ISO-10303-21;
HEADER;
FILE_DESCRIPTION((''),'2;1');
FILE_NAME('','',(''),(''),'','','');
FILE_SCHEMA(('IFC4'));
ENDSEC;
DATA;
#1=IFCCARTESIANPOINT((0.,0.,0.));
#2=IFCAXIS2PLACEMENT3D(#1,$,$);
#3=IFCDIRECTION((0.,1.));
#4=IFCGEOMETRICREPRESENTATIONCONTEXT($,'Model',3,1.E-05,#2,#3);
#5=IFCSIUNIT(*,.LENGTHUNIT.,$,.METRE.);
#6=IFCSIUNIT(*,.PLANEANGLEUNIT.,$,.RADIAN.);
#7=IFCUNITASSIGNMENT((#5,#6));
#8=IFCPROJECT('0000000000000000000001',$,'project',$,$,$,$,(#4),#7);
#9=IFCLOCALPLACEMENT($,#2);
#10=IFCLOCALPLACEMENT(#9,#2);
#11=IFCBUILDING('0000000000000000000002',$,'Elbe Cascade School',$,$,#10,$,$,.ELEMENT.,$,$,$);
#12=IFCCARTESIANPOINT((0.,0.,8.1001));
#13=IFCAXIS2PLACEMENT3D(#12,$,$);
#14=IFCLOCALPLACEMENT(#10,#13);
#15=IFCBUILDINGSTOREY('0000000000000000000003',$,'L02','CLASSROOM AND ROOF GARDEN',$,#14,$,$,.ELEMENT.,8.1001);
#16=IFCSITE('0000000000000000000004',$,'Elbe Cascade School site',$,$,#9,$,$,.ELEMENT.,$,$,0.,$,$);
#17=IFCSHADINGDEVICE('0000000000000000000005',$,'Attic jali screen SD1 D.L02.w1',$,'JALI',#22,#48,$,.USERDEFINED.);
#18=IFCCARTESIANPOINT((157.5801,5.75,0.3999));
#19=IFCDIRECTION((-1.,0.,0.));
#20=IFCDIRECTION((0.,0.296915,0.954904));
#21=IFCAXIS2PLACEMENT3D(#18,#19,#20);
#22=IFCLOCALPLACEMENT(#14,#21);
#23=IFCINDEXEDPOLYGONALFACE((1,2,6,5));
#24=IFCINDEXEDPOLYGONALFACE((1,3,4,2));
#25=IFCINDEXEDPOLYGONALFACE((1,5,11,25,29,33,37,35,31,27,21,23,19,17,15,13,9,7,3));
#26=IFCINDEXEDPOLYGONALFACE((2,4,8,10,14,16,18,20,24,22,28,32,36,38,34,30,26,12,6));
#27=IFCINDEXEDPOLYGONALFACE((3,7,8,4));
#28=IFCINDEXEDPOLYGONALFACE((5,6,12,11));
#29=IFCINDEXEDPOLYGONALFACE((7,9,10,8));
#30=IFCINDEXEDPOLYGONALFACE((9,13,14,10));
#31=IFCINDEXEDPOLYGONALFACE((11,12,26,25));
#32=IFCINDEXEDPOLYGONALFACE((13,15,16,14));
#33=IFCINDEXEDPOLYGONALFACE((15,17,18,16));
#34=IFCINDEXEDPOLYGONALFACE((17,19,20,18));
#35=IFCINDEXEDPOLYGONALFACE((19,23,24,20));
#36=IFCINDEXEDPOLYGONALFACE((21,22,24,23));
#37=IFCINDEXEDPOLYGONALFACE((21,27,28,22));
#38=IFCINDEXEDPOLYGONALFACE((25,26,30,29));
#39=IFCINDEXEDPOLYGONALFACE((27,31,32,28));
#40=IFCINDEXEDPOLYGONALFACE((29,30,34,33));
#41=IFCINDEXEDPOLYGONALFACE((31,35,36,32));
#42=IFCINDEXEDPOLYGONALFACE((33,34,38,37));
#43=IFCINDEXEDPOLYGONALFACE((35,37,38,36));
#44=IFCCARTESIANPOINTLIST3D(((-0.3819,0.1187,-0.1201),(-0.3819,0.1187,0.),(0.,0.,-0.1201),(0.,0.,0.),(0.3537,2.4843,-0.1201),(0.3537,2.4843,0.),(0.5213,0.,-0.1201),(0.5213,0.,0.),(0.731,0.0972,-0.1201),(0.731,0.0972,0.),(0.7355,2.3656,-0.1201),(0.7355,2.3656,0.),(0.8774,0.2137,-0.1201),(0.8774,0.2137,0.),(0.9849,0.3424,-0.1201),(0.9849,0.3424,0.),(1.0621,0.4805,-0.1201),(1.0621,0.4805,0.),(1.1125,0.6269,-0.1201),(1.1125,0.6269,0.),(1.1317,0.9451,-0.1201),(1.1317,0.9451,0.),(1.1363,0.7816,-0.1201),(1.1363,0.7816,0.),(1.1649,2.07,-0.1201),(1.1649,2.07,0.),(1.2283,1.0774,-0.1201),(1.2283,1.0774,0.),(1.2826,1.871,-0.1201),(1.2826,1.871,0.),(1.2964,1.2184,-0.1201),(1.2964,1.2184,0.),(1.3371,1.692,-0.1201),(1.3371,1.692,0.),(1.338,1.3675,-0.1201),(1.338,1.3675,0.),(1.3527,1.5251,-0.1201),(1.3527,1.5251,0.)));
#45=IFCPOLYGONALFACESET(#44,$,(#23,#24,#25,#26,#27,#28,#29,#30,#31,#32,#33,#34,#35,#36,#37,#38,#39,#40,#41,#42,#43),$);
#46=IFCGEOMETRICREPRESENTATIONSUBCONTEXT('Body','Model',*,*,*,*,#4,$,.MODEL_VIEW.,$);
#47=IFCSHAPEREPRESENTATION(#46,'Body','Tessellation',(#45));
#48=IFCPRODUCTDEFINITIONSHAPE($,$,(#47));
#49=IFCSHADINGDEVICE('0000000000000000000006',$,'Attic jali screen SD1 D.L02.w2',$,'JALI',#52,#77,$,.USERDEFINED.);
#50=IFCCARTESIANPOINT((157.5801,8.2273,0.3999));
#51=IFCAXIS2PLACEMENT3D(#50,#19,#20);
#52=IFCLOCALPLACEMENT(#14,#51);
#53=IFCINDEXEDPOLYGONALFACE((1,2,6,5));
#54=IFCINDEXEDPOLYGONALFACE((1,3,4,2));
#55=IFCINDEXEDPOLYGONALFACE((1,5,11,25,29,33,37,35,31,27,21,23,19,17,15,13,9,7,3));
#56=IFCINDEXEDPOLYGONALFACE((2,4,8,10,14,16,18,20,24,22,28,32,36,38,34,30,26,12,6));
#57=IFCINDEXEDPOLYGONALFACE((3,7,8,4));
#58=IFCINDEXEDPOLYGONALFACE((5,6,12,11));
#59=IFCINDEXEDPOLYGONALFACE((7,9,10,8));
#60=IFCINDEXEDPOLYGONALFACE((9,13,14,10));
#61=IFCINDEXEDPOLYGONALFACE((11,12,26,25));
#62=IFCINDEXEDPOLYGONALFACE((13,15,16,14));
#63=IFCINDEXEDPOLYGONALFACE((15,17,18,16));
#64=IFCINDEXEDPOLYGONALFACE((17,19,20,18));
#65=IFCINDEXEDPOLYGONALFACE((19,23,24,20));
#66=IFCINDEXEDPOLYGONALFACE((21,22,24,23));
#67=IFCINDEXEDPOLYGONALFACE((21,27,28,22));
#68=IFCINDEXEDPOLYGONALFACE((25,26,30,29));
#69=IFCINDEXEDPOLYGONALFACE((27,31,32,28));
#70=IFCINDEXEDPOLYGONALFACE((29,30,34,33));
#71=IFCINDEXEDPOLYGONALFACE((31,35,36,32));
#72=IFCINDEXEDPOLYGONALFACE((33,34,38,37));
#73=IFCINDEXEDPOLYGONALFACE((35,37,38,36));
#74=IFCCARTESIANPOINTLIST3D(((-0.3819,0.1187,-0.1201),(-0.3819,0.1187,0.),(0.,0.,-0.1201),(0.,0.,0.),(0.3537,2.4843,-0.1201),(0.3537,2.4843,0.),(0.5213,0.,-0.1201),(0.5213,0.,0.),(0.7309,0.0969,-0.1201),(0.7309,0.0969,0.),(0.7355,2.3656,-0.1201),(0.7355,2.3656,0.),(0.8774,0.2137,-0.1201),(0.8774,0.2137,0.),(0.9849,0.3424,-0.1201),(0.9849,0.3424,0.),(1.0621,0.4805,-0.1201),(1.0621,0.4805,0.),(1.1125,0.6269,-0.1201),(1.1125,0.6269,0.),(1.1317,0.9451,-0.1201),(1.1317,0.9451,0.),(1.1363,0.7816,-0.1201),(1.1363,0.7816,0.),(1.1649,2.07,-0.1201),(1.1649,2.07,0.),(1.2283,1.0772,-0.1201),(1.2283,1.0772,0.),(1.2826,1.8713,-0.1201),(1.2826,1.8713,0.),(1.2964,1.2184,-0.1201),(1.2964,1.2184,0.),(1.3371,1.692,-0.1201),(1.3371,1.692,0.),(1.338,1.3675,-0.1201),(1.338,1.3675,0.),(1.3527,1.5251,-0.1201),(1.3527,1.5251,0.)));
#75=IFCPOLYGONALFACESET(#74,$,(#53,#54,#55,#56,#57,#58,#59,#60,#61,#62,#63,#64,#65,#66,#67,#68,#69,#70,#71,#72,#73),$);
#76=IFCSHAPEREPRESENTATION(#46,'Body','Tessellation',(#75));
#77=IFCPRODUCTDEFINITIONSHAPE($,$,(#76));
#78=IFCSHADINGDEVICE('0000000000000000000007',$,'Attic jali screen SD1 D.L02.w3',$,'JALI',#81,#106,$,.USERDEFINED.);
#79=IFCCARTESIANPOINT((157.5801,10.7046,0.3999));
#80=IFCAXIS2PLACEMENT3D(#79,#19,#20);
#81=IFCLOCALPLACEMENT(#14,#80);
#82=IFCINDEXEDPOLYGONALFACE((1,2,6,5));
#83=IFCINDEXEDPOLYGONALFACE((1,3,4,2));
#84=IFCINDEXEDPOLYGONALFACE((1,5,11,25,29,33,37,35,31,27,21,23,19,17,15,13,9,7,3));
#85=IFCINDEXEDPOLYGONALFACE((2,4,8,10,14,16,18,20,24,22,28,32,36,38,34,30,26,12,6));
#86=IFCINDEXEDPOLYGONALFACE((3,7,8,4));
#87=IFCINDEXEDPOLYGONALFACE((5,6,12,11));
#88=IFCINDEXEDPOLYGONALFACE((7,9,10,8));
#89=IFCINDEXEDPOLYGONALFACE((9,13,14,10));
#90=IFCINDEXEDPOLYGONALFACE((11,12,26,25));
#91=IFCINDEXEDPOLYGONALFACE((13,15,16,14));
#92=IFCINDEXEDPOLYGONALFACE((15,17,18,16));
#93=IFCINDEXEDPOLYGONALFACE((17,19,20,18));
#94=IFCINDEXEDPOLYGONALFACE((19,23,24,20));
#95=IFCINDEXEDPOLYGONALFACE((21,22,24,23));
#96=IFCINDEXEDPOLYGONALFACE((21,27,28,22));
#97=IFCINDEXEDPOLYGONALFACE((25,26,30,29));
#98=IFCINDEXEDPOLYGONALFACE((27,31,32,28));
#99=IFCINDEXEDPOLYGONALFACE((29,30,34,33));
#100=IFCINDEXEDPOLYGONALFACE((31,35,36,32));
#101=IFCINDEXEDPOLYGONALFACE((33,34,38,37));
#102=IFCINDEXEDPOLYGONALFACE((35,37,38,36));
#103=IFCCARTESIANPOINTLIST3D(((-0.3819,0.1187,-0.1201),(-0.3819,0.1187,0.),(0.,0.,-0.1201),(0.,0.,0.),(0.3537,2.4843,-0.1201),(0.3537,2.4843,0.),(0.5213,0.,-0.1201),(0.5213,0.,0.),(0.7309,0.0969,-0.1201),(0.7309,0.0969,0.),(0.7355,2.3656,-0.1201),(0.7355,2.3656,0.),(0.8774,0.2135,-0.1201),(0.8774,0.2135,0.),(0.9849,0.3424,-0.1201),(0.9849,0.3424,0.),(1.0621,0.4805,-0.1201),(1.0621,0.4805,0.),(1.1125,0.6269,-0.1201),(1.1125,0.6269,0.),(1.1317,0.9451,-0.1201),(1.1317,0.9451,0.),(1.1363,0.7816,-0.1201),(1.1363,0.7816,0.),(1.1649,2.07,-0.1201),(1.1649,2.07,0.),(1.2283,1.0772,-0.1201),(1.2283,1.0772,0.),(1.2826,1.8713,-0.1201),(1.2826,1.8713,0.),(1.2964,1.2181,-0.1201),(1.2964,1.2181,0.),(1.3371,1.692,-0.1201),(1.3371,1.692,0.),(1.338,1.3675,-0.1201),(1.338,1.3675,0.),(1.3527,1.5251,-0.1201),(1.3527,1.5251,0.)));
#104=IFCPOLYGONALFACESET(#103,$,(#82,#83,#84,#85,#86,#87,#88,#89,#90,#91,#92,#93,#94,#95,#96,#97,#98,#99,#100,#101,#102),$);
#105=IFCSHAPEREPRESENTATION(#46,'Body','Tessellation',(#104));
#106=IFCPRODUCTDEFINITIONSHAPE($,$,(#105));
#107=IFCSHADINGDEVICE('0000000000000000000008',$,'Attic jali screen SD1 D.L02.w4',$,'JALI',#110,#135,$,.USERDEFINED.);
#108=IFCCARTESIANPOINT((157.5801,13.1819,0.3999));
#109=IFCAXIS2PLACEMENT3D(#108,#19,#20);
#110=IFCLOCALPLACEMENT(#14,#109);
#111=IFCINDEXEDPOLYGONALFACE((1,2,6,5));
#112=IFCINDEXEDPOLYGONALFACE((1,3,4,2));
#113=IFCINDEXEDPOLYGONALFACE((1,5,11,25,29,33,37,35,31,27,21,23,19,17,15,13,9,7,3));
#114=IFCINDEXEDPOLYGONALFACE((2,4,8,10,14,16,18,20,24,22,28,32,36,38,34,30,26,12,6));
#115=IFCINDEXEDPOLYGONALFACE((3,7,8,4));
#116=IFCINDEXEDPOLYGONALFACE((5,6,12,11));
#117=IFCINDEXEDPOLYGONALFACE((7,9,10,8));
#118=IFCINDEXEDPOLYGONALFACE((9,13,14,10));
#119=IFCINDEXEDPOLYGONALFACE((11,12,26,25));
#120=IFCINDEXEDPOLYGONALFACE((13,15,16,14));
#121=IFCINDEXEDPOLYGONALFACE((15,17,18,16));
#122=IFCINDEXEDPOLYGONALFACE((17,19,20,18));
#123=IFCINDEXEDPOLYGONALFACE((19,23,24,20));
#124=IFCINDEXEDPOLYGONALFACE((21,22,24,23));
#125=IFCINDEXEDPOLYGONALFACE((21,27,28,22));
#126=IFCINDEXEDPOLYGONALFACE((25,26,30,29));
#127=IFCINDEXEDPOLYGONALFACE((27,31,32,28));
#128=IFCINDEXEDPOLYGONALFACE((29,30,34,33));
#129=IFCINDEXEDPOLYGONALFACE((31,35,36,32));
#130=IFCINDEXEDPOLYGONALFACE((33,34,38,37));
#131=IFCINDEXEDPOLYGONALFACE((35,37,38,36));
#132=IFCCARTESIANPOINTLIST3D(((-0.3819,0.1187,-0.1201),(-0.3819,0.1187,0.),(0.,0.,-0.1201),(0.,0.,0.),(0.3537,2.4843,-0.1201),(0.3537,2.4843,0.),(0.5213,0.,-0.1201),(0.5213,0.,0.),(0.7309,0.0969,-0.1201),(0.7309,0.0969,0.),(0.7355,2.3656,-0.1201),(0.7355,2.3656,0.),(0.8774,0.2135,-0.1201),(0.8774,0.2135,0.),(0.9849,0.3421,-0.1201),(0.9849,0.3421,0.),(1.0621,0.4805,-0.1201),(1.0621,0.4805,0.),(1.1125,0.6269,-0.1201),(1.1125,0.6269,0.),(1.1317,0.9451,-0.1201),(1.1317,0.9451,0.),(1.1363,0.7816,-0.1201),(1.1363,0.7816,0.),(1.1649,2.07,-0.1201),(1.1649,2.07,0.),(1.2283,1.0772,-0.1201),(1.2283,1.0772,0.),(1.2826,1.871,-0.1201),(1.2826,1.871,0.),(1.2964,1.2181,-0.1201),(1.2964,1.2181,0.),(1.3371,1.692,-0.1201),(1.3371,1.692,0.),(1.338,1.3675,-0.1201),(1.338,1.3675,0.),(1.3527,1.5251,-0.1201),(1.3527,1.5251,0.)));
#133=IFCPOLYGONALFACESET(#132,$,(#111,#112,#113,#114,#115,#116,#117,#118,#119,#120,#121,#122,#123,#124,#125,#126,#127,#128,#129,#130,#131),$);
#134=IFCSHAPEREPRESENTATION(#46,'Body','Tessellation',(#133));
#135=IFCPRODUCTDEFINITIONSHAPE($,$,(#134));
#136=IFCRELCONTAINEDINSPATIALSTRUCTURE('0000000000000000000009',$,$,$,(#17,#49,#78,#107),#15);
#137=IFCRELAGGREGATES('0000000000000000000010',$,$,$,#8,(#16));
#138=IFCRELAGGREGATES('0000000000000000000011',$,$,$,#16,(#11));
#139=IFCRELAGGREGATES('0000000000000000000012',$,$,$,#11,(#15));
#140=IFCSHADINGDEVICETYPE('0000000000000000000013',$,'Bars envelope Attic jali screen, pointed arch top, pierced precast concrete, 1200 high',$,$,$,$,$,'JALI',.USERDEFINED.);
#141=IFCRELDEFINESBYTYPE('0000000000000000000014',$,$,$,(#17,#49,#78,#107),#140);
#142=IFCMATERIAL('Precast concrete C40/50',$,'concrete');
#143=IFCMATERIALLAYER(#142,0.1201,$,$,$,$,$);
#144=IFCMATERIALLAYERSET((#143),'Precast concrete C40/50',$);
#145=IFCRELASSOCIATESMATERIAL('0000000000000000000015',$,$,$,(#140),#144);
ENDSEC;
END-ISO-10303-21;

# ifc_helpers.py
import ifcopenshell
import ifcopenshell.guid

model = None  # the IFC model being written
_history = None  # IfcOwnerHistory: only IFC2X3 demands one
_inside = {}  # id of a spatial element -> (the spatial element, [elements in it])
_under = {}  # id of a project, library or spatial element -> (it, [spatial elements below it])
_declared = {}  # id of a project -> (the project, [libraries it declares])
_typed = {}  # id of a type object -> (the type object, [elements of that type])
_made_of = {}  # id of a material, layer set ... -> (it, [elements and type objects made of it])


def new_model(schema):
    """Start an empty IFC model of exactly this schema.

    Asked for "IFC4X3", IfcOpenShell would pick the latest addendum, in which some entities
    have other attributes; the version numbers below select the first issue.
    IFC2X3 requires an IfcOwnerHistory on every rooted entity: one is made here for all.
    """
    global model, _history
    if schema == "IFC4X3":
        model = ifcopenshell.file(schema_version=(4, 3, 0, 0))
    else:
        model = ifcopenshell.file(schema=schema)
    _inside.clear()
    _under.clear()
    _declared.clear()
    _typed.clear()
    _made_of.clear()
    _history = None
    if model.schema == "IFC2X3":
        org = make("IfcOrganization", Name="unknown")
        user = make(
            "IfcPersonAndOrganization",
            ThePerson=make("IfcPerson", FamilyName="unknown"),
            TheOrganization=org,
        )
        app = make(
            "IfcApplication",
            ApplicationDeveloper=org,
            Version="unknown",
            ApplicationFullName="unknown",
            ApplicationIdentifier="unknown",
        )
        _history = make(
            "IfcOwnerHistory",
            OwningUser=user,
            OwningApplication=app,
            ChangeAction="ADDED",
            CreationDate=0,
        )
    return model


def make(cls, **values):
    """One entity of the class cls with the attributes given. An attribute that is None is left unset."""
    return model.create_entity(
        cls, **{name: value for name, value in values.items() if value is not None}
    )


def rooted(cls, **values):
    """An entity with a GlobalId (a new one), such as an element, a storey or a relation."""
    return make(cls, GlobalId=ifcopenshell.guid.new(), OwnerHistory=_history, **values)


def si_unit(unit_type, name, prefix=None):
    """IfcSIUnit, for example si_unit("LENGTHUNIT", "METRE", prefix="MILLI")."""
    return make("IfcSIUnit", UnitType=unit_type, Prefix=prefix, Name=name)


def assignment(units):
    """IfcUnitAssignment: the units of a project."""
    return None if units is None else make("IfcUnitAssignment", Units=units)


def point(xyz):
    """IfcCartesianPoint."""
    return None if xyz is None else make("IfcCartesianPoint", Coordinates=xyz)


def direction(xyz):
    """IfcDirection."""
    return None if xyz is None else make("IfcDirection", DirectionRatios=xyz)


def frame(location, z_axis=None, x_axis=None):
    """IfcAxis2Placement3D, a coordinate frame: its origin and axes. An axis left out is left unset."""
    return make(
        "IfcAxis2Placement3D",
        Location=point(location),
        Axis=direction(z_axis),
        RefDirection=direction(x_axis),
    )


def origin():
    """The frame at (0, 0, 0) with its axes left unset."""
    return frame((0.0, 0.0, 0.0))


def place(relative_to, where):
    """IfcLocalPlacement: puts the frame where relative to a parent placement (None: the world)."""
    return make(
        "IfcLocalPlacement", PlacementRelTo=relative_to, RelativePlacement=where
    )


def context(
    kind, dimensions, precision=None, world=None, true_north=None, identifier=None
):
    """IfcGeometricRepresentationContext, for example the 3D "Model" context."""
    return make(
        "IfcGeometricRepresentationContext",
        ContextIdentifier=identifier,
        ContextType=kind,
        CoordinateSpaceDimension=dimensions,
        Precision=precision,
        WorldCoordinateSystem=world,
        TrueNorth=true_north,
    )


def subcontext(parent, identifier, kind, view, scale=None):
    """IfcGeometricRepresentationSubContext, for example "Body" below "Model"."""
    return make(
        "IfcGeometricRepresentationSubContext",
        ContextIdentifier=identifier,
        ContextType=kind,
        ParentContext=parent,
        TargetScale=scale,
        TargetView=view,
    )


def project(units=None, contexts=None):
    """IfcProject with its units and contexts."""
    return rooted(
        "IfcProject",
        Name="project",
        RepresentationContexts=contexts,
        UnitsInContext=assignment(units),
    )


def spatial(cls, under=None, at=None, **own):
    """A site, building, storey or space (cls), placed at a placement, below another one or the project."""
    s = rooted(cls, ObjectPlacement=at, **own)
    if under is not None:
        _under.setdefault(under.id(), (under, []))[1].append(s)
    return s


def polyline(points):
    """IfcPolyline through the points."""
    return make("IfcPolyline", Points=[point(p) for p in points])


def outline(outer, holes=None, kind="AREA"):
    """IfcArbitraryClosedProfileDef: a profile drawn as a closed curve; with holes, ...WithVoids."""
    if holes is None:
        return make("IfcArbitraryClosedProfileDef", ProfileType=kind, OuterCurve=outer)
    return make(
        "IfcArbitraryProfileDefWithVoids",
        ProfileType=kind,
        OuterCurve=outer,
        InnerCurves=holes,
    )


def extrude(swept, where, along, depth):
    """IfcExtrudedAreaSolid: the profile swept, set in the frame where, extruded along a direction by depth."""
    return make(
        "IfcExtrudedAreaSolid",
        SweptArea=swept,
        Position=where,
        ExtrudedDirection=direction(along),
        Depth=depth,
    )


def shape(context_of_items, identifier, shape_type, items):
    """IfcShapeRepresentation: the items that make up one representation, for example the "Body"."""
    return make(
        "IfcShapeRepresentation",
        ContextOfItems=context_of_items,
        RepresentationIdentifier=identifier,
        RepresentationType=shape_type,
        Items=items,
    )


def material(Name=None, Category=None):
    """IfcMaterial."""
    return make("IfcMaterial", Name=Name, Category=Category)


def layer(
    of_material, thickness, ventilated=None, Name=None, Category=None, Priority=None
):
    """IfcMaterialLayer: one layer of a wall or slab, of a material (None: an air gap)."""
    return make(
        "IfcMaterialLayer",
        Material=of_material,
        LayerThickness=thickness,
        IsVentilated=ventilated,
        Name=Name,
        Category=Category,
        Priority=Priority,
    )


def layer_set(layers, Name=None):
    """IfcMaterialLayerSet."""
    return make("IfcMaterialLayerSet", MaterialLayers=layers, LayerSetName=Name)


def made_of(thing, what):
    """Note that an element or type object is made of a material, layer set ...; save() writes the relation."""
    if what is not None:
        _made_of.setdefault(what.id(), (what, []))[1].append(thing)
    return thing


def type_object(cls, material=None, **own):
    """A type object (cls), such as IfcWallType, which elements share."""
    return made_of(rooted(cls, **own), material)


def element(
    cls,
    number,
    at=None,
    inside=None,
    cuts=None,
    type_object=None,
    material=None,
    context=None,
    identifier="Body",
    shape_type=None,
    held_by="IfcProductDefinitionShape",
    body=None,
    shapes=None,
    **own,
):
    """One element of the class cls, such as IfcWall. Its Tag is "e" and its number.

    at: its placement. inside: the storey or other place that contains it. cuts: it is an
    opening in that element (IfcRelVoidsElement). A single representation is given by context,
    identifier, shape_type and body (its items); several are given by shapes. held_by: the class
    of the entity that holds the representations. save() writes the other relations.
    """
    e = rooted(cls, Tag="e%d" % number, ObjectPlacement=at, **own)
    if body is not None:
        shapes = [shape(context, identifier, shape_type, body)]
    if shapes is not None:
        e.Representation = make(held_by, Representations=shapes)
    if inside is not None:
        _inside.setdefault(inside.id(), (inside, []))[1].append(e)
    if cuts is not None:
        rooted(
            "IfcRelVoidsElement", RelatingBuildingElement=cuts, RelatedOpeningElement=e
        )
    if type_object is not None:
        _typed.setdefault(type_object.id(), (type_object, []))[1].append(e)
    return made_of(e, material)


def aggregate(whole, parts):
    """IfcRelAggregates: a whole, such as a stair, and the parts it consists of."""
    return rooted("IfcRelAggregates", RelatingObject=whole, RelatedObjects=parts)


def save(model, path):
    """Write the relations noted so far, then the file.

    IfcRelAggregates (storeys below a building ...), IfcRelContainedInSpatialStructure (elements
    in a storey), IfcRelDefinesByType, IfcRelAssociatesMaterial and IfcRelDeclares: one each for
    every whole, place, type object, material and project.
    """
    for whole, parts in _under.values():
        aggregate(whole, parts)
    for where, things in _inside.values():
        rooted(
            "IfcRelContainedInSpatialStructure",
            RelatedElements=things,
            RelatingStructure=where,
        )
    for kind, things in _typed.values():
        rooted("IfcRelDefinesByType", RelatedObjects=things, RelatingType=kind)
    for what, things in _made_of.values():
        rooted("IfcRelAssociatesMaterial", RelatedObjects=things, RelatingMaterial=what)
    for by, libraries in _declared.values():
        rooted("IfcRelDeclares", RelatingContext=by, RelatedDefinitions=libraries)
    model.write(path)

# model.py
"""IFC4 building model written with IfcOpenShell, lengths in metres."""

from ifc_helpers import new_model, si_unit, direction, frame, origin, place, context, subcontext, project, spatial, polyline, outline, extrude, material, layer, layer_set, type_object, element, save


model = new_model("IFC4")

# Units and contexts
model_context = context("Model", 3, precision=1e-05, world=origin(), true_north=direction((0.0, 1.0)))
body_context = subcontext(model_context, "Body", "Model", "MODEL_VIEW")
ifc_project = project(units=[si_unit("LENGTHUNIT", "METRE"), si_unit("PLANEANGLEUNIT", "RADIAN")], contexts=[model_context])

# Site, building, storey
site_placement = place(None, origin())
site = spatial("IfcSite", under=ifc_project, at=site_placement, Name="Elbe Cascade School site", CompositionType="ELEMENT", RefElevation=0.0)
building_placement = place(site_placement, origin())
building = spatial("IfcBuilding", under=site, at=building_placement, Name="Elbe Cascade School", CompositionType="ELEMENT")
storey_placement = place(building_placement, frame((0.0, 0.0, 8.1001)))
storey = spatial("IfcBuildingStorey", under=building, at=storey_placement, Name="L02", Description="CLASSROOM AND ROOF GARDEN", CompositionType="ELEMENT", Elevation=8.1001)

# Shading devices
ifc_material_1 = material(Name="Precast concrete C40/50", Category="concrete")
ifc_layer_1 = layer(ifc_material_1, 0.1201)
ifc_layer_set_1 = layer_set([ifc_layer_1], Name="Precast concrete C40/50")
shading_device_type_1 = type_object("IfcShadingDeviceType", Name="Bars envelope Attic jali screen, pointed arch top, pierced precast concrete, 1200 high", ElementType="JALI", PredefinedType="USERDEFINED", material=ifc_layer_set_1)
shading_device_1_placement = place(storey_placement, frame((157.5801, 5.75, 0.3999), z_axis=(-1.0, 0.0, 0.0), x_axis=(0.0, 0.296915, 0.954904)))
element("IfcShadingDevice", 1, at=shading_device_1_placement, inside=storey, type_object=shading_device_type_1, Name="Attic jali screen SD1 D.L02.w1", ObjectType="JALI", PredefinedType="USERDEFINED", context=body_context, shape_type="SweptSolid", body=[
    extrude(outline(polyline([(0.0, 0.0), (0.5213, 0.0), (0.731, 0.0972), (0.8774, 0.2137), (0.9849, 0.3424), (1.0621, 0.4805), (1.1125, 0.6269), (1.1363, 0.7816), (1.1317, 0.9451), (1.2283, 1.0774), (1.2964, 1.2184), (1.338, 1.3675), (1.3527, 1.5251), (1.3371, 1.692), (1.2826, 1.871), (1.1649, 2.07), (0.7355, 2.3656), (0.3537, 2.4843), (-0.3819, 0.1187), (0.0, 0.0)])), origin(), (0.0, 0.0, -1.0), 0.1201),
])
shading_device_2_placement = place(storey_placement, frame((157.5801, 8.2273, 0.3999), z_axis=(-1.0, 0.0, 0.0), x_axis=(0.0, 0.296915, 0.954904)))
element("IfcShadingDevice", 2, at=shading_device_2_placement, inside=storey, type_object=shading_device_type_1, Name="Attic jali screen SD1 D.L02.w2", ObjectType="JALI", PredefinedType="USERDEFINED", context=body_context, shape_type="SweptSolid", body=[
    extrude(outline(polyline([(0.0, 0.0), (0.5213, 0.0), (0.7309, 0.0969), (0.8774, 0.2137), (0.9849, 0.3424), (1.0621, 0.4805), (1.1125, 0.6269), (1.1363, 0.7816), (1.1317, 0.9451), (1.2283, 1.0772), (1.2964, 1.2184), (1.338, 1.3675), (1.3527, 1.5251), (1.3371, 1.692), (1.2826, 1.8713), (1.1649, 2.07), (0.7355, 2.3656), (0.3537, 2.4843), (-0.3819, 0.1187), (0.0, 0.0)])), origin(), (0.0, 0.0, -1.0), 0.1201),
])
shading_device_3_placement = place(storey_placement, frame((157.5801, 10.7046, 0.3999), z_axis=(-1.0, 0.0, 0.0), x_axis=(0.0, 0.296915, 0.954904)))
element("IfcShadingDevice", 3, at=shading_device_3_placement, inside=storey, type_object=shading_device_type_1, Name="Attic jali screen SD1 D.L02.w3", ObjectType="JALI", PredefinedType="USERDEFINED", context=body_context, shape_type="SweptSolid", body=[
    extrude(outline(polyline([(0.0, 0.0), (0.5213, 0.0), (0.7309, 0.0969), (0.8774, 0.2135), (0.9849, 0.3424), (1.0621, 0.4805), (1.1125, 0.6269), (1.1363, 0.7816), (1.1317, 0.9451), (1.2283, 1.0772), (1.2964, 1.2181), (1.338, 1.3675), (1.3527, 1.5251), (1.3371, 1.692), (1.2826, 1.8713), (1.1649, 2.07), (0.7355, 2.3656), (0.3537, 2.4843), (-0.3819, 0.1187), (0.0, 0.0)])), origin(), (0.0, 0.0, -1.0), 0.1201),
])
shading_device_4_placement = place(storey_placement, frame((157.5801, 13.1819, 0.3999), z_axis=(-1.0, 0.0, 0.0), x_axis=(0.0, 0.296915, 0.954904)))
element("IfcShadingDevice", 4, at=shading_device_4_placement, inside=storey, type_object=shading_device_type_1, Name="Attic jali screen SD1 D.L02.w4", ObjectType="JALI", PredefinedType="USERDEFINED", context=body_context, shape_type="SweptSolid", body=[
    extrude(outline(polyline([(0.0, 0.0), (0.5213, 0.0), (0.7309, 0.0969), (0.8774, 0.2135), (0.9849, 0.3421), (1.0621, 0.4805), (1.1125, 0.6269), (1.1363, 0.7816), (1.1317, 0.9451), (1.2283, 1.0772), (1.2964, 1.2181), (1.338, 1.3675), (1.3527, 1.5251), (1.3371, 1.692), (1.2826, 1.871), (1.1649, 2.07), (0.7355, 2.3656), (0.3537, 2.4843), (-0.3819, 0.1187), (0.0, 0.0)])), origin(), (0.0, 0.0, -1.0), 0.1201),
])

save(model, "model.ifc")
